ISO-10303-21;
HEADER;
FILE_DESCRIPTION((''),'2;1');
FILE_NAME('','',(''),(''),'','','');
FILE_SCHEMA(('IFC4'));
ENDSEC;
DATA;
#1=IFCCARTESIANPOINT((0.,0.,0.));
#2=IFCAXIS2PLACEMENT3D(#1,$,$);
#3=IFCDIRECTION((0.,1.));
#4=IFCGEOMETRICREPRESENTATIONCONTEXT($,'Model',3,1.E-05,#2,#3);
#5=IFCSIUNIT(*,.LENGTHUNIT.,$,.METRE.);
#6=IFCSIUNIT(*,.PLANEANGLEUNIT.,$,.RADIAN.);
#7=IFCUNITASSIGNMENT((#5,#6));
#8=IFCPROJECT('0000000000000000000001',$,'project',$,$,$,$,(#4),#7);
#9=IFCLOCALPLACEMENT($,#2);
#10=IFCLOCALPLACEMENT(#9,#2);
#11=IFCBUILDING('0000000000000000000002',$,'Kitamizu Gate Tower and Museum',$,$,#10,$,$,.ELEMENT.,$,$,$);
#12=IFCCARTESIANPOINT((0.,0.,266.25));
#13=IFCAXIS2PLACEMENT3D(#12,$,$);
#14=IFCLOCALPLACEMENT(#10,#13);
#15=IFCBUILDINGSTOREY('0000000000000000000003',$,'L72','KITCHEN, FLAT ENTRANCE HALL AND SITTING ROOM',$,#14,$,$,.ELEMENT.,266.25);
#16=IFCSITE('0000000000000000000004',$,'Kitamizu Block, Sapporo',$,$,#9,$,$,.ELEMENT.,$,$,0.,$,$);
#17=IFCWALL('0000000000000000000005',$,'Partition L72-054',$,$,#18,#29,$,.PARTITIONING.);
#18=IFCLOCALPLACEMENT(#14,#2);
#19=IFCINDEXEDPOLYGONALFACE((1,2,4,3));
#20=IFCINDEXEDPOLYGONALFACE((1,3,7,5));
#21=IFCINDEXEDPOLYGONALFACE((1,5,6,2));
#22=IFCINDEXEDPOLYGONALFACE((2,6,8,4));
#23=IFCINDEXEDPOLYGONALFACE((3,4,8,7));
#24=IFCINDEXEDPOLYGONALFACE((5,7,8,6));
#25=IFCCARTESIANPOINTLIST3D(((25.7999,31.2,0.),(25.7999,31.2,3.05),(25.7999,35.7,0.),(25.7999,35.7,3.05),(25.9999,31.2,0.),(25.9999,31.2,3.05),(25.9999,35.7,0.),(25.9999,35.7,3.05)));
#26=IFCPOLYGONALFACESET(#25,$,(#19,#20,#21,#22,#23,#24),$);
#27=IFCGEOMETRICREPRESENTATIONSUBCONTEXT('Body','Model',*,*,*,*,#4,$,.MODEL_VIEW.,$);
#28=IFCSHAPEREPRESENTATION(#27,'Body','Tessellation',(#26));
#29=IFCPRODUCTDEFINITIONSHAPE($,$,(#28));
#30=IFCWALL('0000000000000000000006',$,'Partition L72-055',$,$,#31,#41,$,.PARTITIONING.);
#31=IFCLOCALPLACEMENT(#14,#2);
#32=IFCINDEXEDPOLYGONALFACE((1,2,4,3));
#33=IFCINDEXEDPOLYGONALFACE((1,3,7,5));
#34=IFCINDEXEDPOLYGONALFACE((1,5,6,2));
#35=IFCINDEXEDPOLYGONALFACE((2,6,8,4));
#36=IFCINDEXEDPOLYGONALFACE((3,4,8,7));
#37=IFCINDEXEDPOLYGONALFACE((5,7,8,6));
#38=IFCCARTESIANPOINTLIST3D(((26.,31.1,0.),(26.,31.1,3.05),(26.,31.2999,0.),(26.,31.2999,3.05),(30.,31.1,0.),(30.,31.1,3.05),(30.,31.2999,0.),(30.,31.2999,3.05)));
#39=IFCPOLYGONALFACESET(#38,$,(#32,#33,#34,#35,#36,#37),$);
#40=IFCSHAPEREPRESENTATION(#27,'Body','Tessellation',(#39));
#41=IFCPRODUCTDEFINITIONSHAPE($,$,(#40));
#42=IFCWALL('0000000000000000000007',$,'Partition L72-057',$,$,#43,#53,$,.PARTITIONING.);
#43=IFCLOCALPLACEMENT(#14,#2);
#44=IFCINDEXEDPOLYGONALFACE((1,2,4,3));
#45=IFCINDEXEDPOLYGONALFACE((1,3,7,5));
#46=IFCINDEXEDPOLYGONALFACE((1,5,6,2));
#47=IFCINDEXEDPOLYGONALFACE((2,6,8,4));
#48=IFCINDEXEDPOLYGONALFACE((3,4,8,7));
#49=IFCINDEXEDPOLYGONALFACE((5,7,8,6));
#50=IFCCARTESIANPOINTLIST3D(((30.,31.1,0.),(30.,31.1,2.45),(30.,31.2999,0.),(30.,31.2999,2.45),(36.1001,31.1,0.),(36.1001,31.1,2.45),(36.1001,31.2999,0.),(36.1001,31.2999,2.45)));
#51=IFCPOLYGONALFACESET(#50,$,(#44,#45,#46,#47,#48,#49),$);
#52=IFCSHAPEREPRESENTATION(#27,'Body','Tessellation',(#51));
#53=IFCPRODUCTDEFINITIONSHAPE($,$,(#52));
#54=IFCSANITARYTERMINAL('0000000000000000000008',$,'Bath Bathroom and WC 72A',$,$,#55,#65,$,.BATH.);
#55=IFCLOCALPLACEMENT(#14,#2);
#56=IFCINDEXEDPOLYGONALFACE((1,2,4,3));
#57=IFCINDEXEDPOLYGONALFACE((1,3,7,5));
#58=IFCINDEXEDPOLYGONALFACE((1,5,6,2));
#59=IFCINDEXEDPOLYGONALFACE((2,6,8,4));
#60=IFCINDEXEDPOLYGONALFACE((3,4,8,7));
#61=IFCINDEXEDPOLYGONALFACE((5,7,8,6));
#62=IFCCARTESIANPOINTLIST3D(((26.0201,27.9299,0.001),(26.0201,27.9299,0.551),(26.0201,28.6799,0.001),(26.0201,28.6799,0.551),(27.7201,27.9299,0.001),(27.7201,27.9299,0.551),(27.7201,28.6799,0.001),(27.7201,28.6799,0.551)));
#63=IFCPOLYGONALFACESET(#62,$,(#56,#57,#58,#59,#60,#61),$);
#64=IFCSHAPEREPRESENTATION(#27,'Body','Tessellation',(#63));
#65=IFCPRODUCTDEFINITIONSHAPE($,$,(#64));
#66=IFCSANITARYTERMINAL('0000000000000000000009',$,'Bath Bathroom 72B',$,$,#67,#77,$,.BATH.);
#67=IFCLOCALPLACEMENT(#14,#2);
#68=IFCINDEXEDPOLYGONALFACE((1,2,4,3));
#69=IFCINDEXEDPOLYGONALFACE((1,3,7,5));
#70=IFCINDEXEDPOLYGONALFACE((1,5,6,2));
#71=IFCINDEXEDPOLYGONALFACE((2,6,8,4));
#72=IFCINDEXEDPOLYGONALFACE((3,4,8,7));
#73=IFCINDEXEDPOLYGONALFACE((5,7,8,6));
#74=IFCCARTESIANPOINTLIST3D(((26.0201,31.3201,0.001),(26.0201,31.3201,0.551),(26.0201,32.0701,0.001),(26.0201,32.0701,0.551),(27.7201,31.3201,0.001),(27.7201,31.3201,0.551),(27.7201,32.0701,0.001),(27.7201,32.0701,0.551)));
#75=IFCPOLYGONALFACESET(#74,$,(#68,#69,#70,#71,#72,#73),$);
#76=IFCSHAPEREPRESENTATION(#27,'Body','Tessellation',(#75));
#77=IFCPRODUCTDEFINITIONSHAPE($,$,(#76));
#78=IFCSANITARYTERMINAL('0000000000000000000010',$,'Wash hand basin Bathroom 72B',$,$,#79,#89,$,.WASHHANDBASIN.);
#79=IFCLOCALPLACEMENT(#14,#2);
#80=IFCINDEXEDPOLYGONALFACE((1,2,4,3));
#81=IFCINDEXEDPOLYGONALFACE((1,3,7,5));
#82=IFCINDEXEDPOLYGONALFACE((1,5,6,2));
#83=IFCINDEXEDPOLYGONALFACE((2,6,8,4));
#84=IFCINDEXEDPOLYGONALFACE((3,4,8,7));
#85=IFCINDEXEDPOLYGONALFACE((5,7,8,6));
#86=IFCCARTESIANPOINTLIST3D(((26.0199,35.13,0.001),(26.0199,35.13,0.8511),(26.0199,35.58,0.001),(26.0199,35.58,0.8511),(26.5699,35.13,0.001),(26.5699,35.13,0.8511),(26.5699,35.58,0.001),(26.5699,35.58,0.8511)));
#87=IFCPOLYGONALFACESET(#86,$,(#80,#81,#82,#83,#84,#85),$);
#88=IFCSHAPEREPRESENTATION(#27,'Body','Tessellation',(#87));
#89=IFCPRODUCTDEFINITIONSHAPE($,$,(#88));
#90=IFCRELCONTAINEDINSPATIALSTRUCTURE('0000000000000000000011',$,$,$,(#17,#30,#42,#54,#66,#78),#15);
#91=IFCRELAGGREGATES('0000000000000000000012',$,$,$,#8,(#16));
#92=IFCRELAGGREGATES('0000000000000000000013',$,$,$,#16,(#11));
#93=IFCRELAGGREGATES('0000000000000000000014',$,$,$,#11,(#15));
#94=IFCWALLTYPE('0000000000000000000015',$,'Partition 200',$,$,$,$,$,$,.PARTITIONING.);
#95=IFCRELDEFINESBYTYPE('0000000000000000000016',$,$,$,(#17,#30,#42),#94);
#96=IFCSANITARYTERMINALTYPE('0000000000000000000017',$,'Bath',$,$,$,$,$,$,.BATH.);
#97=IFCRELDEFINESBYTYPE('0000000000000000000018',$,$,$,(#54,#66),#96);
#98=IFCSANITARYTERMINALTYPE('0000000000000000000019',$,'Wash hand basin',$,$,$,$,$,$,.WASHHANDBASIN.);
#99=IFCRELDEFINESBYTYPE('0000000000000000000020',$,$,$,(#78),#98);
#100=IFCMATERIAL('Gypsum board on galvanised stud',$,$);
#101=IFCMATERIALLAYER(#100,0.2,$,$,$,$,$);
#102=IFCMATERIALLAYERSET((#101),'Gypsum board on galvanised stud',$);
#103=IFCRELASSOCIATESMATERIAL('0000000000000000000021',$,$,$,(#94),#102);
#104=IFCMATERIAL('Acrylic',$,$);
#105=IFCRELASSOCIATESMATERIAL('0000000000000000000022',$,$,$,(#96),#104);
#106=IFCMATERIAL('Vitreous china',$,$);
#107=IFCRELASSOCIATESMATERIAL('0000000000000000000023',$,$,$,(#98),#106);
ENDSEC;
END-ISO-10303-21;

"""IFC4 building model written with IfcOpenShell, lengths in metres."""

from ifc_helpers import new_model, si_unit, direction, frame, frame_2d, origin, origin_2d, place, context, subcontext, project, spatial, rectangle, extrude, material, layer, layer_set, type_object, element, save


model = new_model("IFC4")

# Units and contexts
model_context = context("Model", 3, precision=1e-05, world=origin(), true_north=direction((0.0, 1.0)))
body_context = subcontext(model_context, "Body", "Model", "MODEL_VIEW")
ifc_project = project(units=[si_unit("LENGTHUNIT", "METRE"), si_unit("PLANEANGLEUNIT", "RADIAN")], contexts=[model_context])

# Site, building, storey
site_placement = place(None, origin())
site = spatial("IfcSite", under=ifc_project, at=site_placement, Name="Kitamizu Block, Sapporo", CompositionType="ELEMENT", RefElevation=0.0)
building_placement = place(site_placement, origin())
building = spatial("IfcBuilding", under=site, at=building_placement, Name="Kitamizu Gate Tower and Museum", CompositionType="ELEMENT")
storey_placement = place(building_placement, frame((0.0, 0.0, 266.25)))
storey = spatial("IfcBuildingStorey", under=building, at=storey_placement, Name="L72", Description="KITCHEN, FLAT ENTRANCE HALL AND SITTING ROOM", CompositionType="ELEMENT", Elevation=266.25)

# Walls
ifc_material_1 = material(Name="Gypsum board on galvanised stud")
ifc_layer_1 = layer(ifc_material_1, 0.2)
ifc_layer_set_1 = layer_set([ifc_layer_1], Name="Gypsum board on galvanised stud")
wall_type_1 = type_object("IfcWallType", Name="Partition 200", PredefinedType="PARTITIONING", material=ifc_layer_set_1)
wall_1_placement = place(storey_placement, frame((25.8999, 35.7, 0.0), z_axis=(0.0, 0.0, 1.0), x_axis=(0.0, -1.0, 0.0)))
element("IfcWall", 1, at=wall_1_placement, inside=storey, type_object=wall_type_1, Name="Partition L72-054", PredefinedType="PARTITIONING", context=body_context, shape_type="SweptSolid", body=[
    extrude(rectangle(XDim=4.5, YDim=0.2, at=frame_2d((2.25, 0.0))), origin(), (0.0, 0.0, 1.0), 3.05),
])
wall_2_placement = place(storey_placement, frame((26.0, 31.2, 0.0), z_axis=(0.0, 0.0, 1.0), x_axis=(1.0, 0.0, 0.0)))
element("IfcWall", 2, at=wall_2_placement, inside=storey, type_object=wall_type_1, Name="Partition L72-055", PredefinedType="PARTITIONING", context=body_context, shape_type="SweptSolid", body=[
    extrude(rectangle(XDim=4.0, YDim=0.2, at=frame_2d((2.0, 0.0))), origin(), (0.0, 0.0, 1.0), 3.05),
])
wall_3_placement = place(storey_placement, frame((30.0, 31.2, 0.0), z_axis=(0.0, 0.0, 1.0), x_axis=(1.0, 0.0, 0.0)))
element("IfcWall", 3, at=wall_3_placement, inside=storey, type_object=wall_type_1, Name="Partition L72-057", PredefinedType="PARTITIONING", context=body_context, shape_type="SweptSolid", body=[
    extrude(rectangle(XDim=6.1001, YDim=0.2, at=frame_2d((3.05, 0.0))), origin(), (0.0, 0.0, 1.0), 2.45),
])

# Sanitary terminals
ifc_material_2 = material(Name="Acrylic")
sanitary_terminal_type_1 = type_object("IfcSanitaryTerminalType", Name="Bath", PredefinedType="BATH", material=ifc_material_2)
for number, where, z_axis, x_axis, name in (
    (4, (26.8701, 28.3049, 0.001), (0.0, 0.0, 1.0), (1.0, 0.0, 0.0), "Bath Bathroom and WC 72A"),
    (5, (26.8701, 31.6951, 0.001), (0.0, 0.0, 1.0), (1.0, 0.0, 0.0), "Bath Bathroom 72B"),
):
    element("IfcSanitaryTerminal", number, at=place(storey_placement, frame(where, z_axis=z_axis, x_axis=x_axis)), inside=storey, type_object=sanitary_terminal_type_1, Name=name, PredefinedType="BATH", context=body_context, shape_type="SweptSolid", body=[
        extrude(rectangle(XDim=1.7, YDim=0.75, at=origin_2d()), origin(), (0.0, 0.0, 1.0), 0.55),
    ])
ifc_material_3 = material(Name="Vitreous china")
sanitary_terminal_type_2 = type_object("IfcSanitaryTerminalType", Name="Wash hand basin", PredefinedType="WASHHANDBASIN", material=ifc_material_3)
sanitary_terminal_placement = place(storey_placement, frame((26.2949, 35.355, 0.001), z_axis=(0.0, 0.0, 1.0), x_axis=(1.0, 0.0, 0.0)))
element("IfcSanitaryTerminal", 6, at=sanitary_terminal_placement, inside=storey, type_object=sanitary_terminal_type_2, Name="Wash hand basin Bathroom 72B", PredefinedType="WASHHANDBASIN", context=body_context, shape_type="SweptSolid", body=[
    extrude(rectangle(XDim=0.55, YDim=0.45, at=origin_2d()), origin(), (0.0, 0.0, 1.0), 0.8501),
])

save(model, "model.ifc")
